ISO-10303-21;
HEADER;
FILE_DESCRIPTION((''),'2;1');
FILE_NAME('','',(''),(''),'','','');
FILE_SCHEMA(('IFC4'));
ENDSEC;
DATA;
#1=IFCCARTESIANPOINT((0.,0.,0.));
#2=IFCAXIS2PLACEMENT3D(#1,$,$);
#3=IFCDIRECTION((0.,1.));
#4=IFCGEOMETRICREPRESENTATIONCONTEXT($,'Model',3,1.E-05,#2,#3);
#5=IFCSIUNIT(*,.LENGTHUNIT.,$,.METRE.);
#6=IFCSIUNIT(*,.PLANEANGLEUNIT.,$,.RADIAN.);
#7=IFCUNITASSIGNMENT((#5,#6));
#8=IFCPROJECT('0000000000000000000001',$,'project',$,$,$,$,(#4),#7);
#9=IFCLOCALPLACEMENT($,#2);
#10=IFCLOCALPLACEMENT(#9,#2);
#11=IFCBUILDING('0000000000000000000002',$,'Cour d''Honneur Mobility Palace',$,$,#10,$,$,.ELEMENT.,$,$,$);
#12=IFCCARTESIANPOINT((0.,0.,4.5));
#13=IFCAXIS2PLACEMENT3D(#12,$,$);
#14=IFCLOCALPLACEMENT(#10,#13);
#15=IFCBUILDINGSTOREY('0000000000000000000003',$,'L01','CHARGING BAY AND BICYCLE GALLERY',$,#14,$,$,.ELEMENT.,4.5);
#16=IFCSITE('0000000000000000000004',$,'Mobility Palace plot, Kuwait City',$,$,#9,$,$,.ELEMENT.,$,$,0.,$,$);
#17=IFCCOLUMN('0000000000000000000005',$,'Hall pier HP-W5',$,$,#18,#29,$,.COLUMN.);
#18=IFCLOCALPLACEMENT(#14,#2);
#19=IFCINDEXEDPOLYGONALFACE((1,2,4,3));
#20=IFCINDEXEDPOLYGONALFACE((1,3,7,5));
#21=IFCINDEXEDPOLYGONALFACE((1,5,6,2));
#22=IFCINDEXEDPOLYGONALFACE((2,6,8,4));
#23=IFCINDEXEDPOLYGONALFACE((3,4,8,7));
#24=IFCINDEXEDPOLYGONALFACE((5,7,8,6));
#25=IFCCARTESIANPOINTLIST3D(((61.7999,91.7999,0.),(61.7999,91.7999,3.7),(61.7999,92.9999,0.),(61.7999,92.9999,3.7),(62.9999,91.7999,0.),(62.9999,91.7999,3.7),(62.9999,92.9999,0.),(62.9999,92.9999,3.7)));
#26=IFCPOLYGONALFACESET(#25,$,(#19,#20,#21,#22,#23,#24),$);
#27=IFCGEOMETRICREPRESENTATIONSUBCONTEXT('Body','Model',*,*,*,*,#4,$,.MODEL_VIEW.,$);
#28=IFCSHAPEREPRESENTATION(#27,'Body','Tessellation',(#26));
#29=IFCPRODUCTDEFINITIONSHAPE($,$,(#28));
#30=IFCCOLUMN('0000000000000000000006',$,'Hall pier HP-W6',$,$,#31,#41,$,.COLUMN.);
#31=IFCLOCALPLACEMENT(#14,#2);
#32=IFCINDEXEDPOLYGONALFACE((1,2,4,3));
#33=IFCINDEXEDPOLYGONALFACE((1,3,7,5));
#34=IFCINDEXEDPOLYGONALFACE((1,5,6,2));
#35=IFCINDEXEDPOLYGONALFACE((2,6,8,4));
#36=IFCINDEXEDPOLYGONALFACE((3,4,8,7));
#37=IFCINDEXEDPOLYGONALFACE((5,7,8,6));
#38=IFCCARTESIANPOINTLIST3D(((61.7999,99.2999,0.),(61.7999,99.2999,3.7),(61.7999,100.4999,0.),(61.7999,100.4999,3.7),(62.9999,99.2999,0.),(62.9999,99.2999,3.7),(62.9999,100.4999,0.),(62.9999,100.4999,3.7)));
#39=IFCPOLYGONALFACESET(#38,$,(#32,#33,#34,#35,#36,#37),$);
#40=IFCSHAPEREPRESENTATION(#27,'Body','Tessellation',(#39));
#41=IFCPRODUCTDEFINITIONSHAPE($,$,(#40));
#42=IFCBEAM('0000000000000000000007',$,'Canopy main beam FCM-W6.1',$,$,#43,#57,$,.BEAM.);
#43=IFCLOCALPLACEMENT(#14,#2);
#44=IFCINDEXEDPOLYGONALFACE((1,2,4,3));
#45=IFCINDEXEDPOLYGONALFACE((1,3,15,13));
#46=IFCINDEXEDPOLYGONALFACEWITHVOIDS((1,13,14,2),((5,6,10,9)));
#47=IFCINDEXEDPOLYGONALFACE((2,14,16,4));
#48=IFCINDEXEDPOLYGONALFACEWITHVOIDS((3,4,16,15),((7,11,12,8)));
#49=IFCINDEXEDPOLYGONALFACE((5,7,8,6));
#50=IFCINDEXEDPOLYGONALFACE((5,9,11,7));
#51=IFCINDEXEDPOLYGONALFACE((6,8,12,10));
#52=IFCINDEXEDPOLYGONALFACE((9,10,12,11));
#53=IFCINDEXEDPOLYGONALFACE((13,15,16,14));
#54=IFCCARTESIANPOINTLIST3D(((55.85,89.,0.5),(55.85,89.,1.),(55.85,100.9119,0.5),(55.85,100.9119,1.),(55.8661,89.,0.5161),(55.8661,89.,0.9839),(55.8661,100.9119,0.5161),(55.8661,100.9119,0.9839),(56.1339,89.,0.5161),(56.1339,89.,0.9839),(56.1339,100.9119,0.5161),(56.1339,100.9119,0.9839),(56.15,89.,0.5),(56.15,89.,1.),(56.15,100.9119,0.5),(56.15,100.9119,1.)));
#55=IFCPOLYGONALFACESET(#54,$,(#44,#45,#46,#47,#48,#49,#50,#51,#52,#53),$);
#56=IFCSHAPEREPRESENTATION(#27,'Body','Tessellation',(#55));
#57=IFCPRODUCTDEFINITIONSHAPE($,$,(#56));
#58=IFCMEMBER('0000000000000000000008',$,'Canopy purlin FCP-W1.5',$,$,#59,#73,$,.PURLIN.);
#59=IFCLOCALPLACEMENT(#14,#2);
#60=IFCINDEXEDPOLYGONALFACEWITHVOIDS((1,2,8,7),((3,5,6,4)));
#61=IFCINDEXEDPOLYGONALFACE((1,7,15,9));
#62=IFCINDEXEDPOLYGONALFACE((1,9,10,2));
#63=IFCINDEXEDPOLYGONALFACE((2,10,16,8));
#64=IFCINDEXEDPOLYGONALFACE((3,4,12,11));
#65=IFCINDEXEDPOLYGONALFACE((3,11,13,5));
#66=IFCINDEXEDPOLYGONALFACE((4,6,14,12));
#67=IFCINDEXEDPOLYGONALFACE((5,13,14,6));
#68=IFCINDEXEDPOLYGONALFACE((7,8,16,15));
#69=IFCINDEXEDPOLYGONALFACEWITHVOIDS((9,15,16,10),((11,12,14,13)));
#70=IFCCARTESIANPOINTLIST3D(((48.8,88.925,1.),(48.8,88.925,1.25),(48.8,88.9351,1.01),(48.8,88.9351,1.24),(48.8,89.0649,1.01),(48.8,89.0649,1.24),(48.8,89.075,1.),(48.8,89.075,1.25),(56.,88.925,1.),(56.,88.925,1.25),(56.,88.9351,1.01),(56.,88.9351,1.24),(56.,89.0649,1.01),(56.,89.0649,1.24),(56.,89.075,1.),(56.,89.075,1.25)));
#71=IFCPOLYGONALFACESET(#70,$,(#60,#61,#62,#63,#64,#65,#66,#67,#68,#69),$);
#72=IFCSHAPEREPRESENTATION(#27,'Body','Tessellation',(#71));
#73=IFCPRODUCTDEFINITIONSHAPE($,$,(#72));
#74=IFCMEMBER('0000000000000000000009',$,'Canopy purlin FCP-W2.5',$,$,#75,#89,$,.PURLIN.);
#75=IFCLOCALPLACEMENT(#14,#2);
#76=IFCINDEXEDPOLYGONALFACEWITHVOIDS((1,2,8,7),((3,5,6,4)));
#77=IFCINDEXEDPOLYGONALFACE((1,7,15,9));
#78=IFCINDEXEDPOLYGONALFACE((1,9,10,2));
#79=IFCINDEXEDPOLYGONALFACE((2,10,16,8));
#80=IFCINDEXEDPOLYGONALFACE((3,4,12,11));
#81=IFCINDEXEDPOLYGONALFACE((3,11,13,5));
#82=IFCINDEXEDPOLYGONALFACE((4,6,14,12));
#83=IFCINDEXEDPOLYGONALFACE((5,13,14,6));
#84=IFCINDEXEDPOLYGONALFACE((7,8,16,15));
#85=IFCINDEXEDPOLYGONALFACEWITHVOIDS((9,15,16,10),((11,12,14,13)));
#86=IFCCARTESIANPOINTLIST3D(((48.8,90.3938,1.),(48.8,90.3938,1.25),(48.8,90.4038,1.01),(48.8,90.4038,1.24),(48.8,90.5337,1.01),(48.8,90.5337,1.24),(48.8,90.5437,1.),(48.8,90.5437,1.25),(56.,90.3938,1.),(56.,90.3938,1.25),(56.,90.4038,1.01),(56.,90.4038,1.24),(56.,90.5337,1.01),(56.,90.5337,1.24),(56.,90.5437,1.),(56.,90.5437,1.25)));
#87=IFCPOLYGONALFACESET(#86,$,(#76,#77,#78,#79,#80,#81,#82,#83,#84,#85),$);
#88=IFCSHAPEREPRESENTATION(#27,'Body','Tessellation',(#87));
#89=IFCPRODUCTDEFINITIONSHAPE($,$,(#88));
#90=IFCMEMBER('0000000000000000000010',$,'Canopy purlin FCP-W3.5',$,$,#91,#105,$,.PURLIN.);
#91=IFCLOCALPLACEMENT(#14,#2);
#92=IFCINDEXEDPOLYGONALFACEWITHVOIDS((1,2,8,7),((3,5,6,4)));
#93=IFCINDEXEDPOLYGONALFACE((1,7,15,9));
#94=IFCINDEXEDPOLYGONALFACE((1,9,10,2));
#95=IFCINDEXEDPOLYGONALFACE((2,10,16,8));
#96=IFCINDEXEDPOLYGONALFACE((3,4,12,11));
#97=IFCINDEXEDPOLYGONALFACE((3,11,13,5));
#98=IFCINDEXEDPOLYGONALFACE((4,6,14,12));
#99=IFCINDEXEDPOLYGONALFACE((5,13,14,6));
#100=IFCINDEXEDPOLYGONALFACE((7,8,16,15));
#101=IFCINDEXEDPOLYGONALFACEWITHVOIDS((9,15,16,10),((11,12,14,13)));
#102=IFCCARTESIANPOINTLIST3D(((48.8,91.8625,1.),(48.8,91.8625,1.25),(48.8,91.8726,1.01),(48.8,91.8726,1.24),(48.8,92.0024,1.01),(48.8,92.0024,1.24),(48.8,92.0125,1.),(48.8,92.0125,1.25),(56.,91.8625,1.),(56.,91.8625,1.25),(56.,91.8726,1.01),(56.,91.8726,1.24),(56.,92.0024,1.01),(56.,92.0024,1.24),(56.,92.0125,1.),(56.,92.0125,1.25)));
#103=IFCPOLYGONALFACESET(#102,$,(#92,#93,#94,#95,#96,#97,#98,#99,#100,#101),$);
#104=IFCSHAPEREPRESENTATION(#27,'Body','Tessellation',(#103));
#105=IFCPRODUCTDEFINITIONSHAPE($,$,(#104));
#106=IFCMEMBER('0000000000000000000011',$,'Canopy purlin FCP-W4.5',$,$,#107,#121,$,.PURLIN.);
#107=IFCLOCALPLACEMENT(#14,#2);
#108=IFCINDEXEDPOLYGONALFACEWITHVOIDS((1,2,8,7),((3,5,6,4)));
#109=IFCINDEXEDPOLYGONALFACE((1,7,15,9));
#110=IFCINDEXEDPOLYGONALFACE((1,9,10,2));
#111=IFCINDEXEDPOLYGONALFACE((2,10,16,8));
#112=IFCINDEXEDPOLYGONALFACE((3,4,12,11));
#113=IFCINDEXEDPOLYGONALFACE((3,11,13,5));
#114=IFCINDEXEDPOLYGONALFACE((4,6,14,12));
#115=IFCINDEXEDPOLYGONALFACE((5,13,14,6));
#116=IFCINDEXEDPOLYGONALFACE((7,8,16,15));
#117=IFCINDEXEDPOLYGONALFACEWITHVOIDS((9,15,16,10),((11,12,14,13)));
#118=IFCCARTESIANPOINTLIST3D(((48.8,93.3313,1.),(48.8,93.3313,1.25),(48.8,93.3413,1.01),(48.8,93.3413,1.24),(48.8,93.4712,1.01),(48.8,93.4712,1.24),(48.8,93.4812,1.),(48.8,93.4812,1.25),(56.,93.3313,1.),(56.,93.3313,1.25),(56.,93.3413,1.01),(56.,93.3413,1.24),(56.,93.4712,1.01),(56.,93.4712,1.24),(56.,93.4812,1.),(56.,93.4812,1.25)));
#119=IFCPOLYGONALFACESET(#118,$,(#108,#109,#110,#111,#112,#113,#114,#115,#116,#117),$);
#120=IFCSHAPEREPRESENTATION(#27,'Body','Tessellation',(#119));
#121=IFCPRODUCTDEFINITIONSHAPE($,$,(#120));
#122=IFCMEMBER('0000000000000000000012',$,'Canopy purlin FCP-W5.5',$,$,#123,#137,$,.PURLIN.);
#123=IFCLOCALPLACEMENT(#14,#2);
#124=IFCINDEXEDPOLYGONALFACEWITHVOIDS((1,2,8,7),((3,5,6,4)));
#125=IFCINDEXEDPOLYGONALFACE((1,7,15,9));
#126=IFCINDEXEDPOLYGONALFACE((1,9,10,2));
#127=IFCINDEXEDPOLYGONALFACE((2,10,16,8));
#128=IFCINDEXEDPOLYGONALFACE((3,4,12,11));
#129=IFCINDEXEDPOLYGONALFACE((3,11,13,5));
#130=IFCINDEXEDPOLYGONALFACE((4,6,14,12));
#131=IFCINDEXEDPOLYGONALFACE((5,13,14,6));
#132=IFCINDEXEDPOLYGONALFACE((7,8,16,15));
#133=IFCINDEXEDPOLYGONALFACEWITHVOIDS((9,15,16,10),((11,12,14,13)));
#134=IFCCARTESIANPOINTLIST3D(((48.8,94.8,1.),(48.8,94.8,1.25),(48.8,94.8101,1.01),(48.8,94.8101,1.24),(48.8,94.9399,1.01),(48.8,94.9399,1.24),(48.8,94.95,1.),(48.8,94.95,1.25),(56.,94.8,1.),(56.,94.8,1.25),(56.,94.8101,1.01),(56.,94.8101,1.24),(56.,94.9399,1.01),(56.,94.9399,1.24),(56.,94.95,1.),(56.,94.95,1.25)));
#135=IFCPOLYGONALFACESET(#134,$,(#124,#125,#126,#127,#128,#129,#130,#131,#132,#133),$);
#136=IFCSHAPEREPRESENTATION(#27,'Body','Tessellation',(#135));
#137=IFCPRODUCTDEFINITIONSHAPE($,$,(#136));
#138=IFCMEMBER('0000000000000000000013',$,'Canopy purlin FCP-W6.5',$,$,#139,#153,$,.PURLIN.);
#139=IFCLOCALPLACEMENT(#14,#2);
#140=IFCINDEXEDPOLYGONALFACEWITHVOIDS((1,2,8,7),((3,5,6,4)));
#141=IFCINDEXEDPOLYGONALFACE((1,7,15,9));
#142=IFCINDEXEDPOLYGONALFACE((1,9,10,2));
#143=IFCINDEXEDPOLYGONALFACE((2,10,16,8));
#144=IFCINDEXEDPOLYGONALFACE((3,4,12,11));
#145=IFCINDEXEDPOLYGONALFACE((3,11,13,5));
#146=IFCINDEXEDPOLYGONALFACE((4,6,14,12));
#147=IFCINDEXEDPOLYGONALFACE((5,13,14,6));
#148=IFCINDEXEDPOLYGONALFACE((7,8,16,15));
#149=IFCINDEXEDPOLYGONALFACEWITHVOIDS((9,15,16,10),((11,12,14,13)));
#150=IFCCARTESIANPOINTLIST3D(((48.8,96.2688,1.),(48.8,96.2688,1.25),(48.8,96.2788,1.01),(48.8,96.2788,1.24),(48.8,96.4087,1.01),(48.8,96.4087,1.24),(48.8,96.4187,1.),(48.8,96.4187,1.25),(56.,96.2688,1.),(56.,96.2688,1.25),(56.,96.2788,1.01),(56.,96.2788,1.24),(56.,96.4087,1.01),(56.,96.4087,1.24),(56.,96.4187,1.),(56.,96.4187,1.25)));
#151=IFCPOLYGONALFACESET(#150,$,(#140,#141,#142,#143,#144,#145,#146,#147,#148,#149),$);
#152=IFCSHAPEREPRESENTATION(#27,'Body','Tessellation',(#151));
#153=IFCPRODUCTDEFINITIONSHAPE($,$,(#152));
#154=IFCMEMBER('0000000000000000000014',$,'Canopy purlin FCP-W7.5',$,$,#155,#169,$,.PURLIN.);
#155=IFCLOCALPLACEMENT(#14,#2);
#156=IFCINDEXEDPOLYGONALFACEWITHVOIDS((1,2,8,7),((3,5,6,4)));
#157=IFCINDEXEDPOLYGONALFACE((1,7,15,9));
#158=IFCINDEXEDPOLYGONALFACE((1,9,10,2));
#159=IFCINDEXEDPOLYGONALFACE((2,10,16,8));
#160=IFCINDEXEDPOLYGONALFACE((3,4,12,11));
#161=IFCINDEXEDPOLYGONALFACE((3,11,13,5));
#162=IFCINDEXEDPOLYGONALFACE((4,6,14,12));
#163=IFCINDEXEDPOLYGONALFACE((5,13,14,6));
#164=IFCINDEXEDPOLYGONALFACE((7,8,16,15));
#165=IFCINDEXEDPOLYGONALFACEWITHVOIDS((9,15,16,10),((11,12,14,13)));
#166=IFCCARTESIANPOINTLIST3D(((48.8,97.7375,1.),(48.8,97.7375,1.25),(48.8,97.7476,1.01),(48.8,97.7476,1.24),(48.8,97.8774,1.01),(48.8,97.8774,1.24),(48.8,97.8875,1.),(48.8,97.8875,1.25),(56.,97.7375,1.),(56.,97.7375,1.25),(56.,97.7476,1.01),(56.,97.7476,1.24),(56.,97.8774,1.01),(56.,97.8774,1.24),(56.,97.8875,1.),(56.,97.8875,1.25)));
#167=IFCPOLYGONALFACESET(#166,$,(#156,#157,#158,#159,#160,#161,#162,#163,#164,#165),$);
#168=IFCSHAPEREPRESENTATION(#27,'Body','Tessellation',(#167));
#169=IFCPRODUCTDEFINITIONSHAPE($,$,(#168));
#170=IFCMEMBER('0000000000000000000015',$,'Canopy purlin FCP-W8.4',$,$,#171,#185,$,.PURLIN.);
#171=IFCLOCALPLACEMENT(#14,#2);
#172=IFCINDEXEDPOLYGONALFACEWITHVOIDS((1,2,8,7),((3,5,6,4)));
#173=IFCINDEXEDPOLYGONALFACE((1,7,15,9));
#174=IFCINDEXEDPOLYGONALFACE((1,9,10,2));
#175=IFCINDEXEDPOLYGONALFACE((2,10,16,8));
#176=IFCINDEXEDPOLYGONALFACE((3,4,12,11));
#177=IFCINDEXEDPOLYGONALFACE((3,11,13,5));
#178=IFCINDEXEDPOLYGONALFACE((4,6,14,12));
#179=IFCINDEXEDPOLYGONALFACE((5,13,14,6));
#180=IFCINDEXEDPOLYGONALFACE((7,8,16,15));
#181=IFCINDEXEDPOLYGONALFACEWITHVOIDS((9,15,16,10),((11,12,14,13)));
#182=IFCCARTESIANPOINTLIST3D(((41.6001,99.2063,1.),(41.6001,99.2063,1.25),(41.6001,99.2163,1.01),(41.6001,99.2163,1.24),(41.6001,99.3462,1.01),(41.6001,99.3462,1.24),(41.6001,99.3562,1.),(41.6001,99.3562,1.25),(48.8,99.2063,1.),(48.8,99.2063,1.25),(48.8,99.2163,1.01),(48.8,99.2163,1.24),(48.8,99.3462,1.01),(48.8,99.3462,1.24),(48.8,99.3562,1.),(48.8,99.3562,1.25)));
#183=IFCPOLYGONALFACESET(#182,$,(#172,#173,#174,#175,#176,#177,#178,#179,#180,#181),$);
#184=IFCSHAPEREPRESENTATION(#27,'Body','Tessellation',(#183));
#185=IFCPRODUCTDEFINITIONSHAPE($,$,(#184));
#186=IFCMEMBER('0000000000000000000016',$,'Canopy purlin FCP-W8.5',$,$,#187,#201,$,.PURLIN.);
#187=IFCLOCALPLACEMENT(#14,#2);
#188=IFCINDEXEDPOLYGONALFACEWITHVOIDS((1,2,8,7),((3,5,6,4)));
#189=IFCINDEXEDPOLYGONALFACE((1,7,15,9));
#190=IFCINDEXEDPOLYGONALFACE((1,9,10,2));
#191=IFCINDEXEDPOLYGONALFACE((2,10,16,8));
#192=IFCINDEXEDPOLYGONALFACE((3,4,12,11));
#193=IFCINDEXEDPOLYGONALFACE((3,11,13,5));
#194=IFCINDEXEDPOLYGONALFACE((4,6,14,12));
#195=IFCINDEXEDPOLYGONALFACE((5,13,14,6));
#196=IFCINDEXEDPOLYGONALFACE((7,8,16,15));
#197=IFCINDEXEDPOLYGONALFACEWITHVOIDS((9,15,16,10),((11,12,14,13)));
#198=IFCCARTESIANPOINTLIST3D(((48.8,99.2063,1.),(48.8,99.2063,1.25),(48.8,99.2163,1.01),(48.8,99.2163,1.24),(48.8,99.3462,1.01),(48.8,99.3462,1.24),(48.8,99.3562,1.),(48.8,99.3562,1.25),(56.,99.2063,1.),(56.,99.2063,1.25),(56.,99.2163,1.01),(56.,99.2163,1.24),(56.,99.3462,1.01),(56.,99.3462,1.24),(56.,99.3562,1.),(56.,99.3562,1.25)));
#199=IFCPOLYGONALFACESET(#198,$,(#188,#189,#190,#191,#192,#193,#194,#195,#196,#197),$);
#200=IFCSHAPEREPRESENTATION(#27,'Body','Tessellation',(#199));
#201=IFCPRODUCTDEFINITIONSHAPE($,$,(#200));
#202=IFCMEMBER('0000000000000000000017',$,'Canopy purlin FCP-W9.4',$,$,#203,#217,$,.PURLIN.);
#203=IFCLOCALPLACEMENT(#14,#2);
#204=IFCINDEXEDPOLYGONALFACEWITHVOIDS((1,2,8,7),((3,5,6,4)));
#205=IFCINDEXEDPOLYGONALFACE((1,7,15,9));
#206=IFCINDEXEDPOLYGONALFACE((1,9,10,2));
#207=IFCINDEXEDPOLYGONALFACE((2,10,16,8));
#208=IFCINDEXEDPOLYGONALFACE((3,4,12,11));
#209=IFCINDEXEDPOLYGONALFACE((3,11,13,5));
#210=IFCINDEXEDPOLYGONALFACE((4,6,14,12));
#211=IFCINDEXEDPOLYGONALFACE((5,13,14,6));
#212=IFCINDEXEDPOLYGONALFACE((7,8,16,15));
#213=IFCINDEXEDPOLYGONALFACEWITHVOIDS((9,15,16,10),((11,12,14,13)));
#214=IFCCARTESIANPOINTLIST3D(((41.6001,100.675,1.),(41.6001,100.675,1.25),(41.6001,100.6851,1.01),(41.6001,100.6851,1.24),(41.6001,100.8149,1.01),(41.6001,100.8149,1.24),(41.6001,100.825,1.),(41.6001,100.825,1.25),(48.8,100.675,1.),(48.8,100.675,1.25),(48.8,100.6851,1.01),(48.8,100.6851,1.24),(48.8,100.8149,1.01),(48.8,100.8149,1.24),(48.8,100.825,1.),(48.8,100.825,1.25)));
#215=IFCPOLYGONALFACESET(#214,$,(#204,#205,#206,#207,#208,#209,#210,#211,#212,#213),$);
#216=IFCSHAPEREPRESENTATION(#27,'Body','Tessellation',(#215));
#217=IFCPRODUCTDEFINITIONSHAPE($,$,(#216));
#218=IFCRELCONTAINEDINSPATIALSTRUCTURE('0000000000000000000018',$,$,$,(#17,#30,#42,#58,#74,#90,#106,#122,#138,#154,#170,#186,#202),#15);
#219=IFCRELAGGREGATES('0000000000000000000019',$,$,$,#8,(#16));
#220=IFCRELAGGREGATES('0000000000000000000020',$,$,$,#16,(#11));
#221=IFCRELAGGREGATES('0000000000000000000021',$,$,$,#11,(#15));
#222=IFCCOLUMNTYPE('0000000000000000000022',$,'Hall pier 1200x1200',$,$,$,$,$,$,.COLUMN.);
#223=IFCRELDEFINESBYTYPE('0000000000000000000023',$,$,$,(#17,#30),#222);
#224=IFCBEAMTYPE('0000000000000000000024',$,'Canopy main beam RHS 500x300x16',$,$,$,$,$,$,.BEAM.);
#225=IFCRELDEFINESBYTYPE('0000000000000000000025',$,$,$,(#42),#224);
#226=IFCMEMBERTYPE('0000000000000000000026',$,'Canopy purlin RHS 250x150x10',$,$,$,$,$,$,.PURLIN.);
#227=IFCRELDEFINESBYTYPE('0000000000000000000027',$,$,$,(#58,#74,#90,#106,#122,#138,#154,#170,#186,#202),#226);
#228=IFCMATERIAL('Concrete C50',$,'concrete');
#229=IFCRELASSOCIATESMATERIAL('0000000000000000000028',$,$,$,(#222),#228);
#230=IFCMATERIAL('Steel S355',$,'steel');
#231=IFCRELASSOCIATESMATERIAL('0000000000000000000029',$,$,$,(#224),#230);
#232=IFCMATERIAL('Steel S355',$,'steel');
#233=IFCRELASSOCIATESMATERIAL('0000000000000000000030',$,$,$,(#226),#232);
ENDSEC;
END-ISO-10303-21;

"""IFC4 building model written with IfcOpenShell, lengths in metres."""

from ifc_helpers import new_model, si_unit, direction, frame, origin, origin_2d, place, context, subcontext, project, spatial, rectangle, hollow_rectangle, extrude, material, material_profile, profile_set, type_object, element, save


model = new_model("IFC4")

# Units and contexts
model_context = context("Model", 3, precision=1e-05, world=origin(), true_north=direction((0.0, 1.0)))
body_context = subcontext(model_context, "Body", "Model", "MODEL_VIEW")
ifc_project = project(units=[si_unit("LENGTHUNIT", "METRE"), si_unit("PLANEANGLEUNIT", "RADIAN")], contexts=[model_context])

# Site, building, storey
site_placement = place(None, origin())
site = spatial("IfcSite", under=ifc_project, at=site_placement, Name="Mobility Palace plot, Kuwait City", CompositionType="ELEMENT", RefElevation=0.0)
building_placement = place(site_placement, origin())
building = spatial("IfcBuilding", under=site, at=building_placement, Name="Cour d'Honneur Mobility Palace", CompositionType="ELEMENT")
storey_placement = place(building_placement, frame((0.0, 0.0, 4.5)))
storey = spatial("IfcBuildingStorey", under=building, at=storey_placement, Name="L01", Description="CHARGING BAY AND BICYCLE GALLERY", CompositionType="ELEMENT", Elevation=4.5)

# Columns
ifc_material_1 = material(Name="Concrete C50", Category="concrete")
ifc_material_profile_1 = material_profile(ifc_material_1, rectangle(XDim=1.2, YDim=1.2, at=origin_2d()), Name="Hall pier 1200x1200")
ifc_profile_set_1 = profile_set([ifc_material_profile_1], Name="Concrete C50")
column_type = type_object("IfcColumnType", Name="Hall pier 1200x1200", PredefinedType="COLUMN", material=ifc_profile_set_1)
for number, where, z_axis, x_axis, name in (
    (1, (62.3999, 92.3999, 0.0), (0.0, 0.0, 1.0), (1.0, 0.0, 0.0), "Hall pier HP-W5"),
    (2, (62.3999, 99.8999, 0.0), (0.0, 0.0, 1.0), (1.0, 0.0, 0.0), "Hall pier HP-W6"),
):
    element("IfcColumn", number, at=place(storey_placement, frame(where, z_axis=z_axis, x_axis=x_axis)), inside=storey, type_object=column_type, Name=name, PredefinedType="COLUMN", context=body_context, shape_type="SweptSolid", body=[
        extrude(rectangle(XDim=1.2, YDim=1.2, at=origin_2d()), origin(), (0.0, 0.0, 1.0), 3.7),
    ])

# Beam
ifc_material_2 = material(Name="Steel S355", Category="steel")
ifc_material_profile_2 = material_profile(ifc_material_2, hollow_rectangle(XDim=0.3, YDim=0.5, WallThickness=0.0161, at=origin_2d()), Name="RHS 500x300x16")
ifc_profile_set_2 = profile_set([ifc_material_profile_2], Name="Steel S355")
beam_type_1 = type_object("IfcBeamType", Name="Canopy main beam RHS 500x300x16", PredefinedType="BEAM", material=ifc_profile_set_2)
beam_1_placement = place(storey_placement, frame((56.0, 89.0, 0.75), z_axis=(0.0, 1.0, 0.0), x_axis=(-1.0, 0.0, 0.0)))
element("IfcBeam", 3, at=beam_1_placement, inside=storey, type_object=beam_type_1, Name="Canopy main beam FCM-W6.1", PredefinedType="BEAM", context=body_context, shape_type="SweptSolid", body=[
    extrude(hollow_rectangle(XDim=0.3, YDim=0.5, WallThickness=0.0161, at=origin_2d()), origin(), (0.0, 0.0, 1.0), 11.9119),
])

# Members
ifc_material_3 = material(Name="Steel S355", Category="steel")
ifc_material_profile_3 = material_profile(ifc_material_3, hollow_rectangle(XDim=0.1499, YDim=0.25, WallThickness=0.01, at=origin_2d()), Name="RHS 250x150x10")
ifc_profile_set_3 = profile_set([ifc_material_profile_3], Name="Steel S355")
member_type = type_object("IfcMemberType", Name="Canopy purlin RHS 250x150x10", PredefinedType="PURLIN", material=ifc_profile_set_3)
for number, where, z_axis, x_axis, name in (
    (4, (48.8, 89.0, 1.125), (1.0, 0.0, 0.0), (0.0, 1.0, 0.0), "Canopy purlin FCP-W1.5"),
    (5, (48.8, 90.4688, 1.125), (1.0, 0.0, 0.0), (0.0, 1.0, 0.0), "Canopy purlin FCP-W2.5"),
    (6, (48.8, 91.9375, 1.125), (1.0, 0.0, 0.0), (0.0, 1.0, 0.0), "Canopy purlin FCP-W3.5"),
    (7, (48.8, 93.4062, 1.125), (1.0, 0.0, 0.0), (0.0, 1.0, 0.0), "Canopy purlin FCP-W4.5"),
    (8, (48.8, 94.875, 1.125), (1.0, 0.0, 0.0), (0.0, 1.0, 0.0), "Canopy purlin FCP-W5.5"),
    (9, (48.8, 96.3438, 1.125), (1.0, 0.0, 0.0), (0.0, 1.0, 0.0), "Canopy purlin FCP-W6.5"),
    (10, (48.8, 97.8125, 1.125), (1.0, 0.0, 0.0), (0.0, 1.0, 0.0), "Canopy purlin FCP-W7.5"),
    (11, (41.6001, 99.2812, 1.125), (1.0, 0.0, 0.0), (0.0, 1.0, 0.0), "Canopy purlin FCP-W8.4"),
    (12, (48.8, 99.2812, 1.125), (1.0, 0.0, 0.0), (0.0, 1.0, 0.0), "Canopy purlin FCP-W8.5"),
    (13, (41.6001, 100.75, 1.125), (1.0, 0.0, 0.0), (0.0, 1.0, 0.0), "Canopy purlin FCP-W9.4"),
):
    element("IfcMember", number, at=place(storey_placement, frame(where, z_axis=z_axis, x_axis=x_axis)), inside=storey, type_object=member_type, Name=name, PredefinedType="PURLIN", context=body_context, shape_type="SweptSolid", body=[
        extrude(hollow_rectangle(XDim=0.1499, YDim=0.25, WallThickness=0.01, at=origin_2d()), origin(), (0.0, 0.0, 1.0), 7.2),
    ])

save(model, "model.ifc")
